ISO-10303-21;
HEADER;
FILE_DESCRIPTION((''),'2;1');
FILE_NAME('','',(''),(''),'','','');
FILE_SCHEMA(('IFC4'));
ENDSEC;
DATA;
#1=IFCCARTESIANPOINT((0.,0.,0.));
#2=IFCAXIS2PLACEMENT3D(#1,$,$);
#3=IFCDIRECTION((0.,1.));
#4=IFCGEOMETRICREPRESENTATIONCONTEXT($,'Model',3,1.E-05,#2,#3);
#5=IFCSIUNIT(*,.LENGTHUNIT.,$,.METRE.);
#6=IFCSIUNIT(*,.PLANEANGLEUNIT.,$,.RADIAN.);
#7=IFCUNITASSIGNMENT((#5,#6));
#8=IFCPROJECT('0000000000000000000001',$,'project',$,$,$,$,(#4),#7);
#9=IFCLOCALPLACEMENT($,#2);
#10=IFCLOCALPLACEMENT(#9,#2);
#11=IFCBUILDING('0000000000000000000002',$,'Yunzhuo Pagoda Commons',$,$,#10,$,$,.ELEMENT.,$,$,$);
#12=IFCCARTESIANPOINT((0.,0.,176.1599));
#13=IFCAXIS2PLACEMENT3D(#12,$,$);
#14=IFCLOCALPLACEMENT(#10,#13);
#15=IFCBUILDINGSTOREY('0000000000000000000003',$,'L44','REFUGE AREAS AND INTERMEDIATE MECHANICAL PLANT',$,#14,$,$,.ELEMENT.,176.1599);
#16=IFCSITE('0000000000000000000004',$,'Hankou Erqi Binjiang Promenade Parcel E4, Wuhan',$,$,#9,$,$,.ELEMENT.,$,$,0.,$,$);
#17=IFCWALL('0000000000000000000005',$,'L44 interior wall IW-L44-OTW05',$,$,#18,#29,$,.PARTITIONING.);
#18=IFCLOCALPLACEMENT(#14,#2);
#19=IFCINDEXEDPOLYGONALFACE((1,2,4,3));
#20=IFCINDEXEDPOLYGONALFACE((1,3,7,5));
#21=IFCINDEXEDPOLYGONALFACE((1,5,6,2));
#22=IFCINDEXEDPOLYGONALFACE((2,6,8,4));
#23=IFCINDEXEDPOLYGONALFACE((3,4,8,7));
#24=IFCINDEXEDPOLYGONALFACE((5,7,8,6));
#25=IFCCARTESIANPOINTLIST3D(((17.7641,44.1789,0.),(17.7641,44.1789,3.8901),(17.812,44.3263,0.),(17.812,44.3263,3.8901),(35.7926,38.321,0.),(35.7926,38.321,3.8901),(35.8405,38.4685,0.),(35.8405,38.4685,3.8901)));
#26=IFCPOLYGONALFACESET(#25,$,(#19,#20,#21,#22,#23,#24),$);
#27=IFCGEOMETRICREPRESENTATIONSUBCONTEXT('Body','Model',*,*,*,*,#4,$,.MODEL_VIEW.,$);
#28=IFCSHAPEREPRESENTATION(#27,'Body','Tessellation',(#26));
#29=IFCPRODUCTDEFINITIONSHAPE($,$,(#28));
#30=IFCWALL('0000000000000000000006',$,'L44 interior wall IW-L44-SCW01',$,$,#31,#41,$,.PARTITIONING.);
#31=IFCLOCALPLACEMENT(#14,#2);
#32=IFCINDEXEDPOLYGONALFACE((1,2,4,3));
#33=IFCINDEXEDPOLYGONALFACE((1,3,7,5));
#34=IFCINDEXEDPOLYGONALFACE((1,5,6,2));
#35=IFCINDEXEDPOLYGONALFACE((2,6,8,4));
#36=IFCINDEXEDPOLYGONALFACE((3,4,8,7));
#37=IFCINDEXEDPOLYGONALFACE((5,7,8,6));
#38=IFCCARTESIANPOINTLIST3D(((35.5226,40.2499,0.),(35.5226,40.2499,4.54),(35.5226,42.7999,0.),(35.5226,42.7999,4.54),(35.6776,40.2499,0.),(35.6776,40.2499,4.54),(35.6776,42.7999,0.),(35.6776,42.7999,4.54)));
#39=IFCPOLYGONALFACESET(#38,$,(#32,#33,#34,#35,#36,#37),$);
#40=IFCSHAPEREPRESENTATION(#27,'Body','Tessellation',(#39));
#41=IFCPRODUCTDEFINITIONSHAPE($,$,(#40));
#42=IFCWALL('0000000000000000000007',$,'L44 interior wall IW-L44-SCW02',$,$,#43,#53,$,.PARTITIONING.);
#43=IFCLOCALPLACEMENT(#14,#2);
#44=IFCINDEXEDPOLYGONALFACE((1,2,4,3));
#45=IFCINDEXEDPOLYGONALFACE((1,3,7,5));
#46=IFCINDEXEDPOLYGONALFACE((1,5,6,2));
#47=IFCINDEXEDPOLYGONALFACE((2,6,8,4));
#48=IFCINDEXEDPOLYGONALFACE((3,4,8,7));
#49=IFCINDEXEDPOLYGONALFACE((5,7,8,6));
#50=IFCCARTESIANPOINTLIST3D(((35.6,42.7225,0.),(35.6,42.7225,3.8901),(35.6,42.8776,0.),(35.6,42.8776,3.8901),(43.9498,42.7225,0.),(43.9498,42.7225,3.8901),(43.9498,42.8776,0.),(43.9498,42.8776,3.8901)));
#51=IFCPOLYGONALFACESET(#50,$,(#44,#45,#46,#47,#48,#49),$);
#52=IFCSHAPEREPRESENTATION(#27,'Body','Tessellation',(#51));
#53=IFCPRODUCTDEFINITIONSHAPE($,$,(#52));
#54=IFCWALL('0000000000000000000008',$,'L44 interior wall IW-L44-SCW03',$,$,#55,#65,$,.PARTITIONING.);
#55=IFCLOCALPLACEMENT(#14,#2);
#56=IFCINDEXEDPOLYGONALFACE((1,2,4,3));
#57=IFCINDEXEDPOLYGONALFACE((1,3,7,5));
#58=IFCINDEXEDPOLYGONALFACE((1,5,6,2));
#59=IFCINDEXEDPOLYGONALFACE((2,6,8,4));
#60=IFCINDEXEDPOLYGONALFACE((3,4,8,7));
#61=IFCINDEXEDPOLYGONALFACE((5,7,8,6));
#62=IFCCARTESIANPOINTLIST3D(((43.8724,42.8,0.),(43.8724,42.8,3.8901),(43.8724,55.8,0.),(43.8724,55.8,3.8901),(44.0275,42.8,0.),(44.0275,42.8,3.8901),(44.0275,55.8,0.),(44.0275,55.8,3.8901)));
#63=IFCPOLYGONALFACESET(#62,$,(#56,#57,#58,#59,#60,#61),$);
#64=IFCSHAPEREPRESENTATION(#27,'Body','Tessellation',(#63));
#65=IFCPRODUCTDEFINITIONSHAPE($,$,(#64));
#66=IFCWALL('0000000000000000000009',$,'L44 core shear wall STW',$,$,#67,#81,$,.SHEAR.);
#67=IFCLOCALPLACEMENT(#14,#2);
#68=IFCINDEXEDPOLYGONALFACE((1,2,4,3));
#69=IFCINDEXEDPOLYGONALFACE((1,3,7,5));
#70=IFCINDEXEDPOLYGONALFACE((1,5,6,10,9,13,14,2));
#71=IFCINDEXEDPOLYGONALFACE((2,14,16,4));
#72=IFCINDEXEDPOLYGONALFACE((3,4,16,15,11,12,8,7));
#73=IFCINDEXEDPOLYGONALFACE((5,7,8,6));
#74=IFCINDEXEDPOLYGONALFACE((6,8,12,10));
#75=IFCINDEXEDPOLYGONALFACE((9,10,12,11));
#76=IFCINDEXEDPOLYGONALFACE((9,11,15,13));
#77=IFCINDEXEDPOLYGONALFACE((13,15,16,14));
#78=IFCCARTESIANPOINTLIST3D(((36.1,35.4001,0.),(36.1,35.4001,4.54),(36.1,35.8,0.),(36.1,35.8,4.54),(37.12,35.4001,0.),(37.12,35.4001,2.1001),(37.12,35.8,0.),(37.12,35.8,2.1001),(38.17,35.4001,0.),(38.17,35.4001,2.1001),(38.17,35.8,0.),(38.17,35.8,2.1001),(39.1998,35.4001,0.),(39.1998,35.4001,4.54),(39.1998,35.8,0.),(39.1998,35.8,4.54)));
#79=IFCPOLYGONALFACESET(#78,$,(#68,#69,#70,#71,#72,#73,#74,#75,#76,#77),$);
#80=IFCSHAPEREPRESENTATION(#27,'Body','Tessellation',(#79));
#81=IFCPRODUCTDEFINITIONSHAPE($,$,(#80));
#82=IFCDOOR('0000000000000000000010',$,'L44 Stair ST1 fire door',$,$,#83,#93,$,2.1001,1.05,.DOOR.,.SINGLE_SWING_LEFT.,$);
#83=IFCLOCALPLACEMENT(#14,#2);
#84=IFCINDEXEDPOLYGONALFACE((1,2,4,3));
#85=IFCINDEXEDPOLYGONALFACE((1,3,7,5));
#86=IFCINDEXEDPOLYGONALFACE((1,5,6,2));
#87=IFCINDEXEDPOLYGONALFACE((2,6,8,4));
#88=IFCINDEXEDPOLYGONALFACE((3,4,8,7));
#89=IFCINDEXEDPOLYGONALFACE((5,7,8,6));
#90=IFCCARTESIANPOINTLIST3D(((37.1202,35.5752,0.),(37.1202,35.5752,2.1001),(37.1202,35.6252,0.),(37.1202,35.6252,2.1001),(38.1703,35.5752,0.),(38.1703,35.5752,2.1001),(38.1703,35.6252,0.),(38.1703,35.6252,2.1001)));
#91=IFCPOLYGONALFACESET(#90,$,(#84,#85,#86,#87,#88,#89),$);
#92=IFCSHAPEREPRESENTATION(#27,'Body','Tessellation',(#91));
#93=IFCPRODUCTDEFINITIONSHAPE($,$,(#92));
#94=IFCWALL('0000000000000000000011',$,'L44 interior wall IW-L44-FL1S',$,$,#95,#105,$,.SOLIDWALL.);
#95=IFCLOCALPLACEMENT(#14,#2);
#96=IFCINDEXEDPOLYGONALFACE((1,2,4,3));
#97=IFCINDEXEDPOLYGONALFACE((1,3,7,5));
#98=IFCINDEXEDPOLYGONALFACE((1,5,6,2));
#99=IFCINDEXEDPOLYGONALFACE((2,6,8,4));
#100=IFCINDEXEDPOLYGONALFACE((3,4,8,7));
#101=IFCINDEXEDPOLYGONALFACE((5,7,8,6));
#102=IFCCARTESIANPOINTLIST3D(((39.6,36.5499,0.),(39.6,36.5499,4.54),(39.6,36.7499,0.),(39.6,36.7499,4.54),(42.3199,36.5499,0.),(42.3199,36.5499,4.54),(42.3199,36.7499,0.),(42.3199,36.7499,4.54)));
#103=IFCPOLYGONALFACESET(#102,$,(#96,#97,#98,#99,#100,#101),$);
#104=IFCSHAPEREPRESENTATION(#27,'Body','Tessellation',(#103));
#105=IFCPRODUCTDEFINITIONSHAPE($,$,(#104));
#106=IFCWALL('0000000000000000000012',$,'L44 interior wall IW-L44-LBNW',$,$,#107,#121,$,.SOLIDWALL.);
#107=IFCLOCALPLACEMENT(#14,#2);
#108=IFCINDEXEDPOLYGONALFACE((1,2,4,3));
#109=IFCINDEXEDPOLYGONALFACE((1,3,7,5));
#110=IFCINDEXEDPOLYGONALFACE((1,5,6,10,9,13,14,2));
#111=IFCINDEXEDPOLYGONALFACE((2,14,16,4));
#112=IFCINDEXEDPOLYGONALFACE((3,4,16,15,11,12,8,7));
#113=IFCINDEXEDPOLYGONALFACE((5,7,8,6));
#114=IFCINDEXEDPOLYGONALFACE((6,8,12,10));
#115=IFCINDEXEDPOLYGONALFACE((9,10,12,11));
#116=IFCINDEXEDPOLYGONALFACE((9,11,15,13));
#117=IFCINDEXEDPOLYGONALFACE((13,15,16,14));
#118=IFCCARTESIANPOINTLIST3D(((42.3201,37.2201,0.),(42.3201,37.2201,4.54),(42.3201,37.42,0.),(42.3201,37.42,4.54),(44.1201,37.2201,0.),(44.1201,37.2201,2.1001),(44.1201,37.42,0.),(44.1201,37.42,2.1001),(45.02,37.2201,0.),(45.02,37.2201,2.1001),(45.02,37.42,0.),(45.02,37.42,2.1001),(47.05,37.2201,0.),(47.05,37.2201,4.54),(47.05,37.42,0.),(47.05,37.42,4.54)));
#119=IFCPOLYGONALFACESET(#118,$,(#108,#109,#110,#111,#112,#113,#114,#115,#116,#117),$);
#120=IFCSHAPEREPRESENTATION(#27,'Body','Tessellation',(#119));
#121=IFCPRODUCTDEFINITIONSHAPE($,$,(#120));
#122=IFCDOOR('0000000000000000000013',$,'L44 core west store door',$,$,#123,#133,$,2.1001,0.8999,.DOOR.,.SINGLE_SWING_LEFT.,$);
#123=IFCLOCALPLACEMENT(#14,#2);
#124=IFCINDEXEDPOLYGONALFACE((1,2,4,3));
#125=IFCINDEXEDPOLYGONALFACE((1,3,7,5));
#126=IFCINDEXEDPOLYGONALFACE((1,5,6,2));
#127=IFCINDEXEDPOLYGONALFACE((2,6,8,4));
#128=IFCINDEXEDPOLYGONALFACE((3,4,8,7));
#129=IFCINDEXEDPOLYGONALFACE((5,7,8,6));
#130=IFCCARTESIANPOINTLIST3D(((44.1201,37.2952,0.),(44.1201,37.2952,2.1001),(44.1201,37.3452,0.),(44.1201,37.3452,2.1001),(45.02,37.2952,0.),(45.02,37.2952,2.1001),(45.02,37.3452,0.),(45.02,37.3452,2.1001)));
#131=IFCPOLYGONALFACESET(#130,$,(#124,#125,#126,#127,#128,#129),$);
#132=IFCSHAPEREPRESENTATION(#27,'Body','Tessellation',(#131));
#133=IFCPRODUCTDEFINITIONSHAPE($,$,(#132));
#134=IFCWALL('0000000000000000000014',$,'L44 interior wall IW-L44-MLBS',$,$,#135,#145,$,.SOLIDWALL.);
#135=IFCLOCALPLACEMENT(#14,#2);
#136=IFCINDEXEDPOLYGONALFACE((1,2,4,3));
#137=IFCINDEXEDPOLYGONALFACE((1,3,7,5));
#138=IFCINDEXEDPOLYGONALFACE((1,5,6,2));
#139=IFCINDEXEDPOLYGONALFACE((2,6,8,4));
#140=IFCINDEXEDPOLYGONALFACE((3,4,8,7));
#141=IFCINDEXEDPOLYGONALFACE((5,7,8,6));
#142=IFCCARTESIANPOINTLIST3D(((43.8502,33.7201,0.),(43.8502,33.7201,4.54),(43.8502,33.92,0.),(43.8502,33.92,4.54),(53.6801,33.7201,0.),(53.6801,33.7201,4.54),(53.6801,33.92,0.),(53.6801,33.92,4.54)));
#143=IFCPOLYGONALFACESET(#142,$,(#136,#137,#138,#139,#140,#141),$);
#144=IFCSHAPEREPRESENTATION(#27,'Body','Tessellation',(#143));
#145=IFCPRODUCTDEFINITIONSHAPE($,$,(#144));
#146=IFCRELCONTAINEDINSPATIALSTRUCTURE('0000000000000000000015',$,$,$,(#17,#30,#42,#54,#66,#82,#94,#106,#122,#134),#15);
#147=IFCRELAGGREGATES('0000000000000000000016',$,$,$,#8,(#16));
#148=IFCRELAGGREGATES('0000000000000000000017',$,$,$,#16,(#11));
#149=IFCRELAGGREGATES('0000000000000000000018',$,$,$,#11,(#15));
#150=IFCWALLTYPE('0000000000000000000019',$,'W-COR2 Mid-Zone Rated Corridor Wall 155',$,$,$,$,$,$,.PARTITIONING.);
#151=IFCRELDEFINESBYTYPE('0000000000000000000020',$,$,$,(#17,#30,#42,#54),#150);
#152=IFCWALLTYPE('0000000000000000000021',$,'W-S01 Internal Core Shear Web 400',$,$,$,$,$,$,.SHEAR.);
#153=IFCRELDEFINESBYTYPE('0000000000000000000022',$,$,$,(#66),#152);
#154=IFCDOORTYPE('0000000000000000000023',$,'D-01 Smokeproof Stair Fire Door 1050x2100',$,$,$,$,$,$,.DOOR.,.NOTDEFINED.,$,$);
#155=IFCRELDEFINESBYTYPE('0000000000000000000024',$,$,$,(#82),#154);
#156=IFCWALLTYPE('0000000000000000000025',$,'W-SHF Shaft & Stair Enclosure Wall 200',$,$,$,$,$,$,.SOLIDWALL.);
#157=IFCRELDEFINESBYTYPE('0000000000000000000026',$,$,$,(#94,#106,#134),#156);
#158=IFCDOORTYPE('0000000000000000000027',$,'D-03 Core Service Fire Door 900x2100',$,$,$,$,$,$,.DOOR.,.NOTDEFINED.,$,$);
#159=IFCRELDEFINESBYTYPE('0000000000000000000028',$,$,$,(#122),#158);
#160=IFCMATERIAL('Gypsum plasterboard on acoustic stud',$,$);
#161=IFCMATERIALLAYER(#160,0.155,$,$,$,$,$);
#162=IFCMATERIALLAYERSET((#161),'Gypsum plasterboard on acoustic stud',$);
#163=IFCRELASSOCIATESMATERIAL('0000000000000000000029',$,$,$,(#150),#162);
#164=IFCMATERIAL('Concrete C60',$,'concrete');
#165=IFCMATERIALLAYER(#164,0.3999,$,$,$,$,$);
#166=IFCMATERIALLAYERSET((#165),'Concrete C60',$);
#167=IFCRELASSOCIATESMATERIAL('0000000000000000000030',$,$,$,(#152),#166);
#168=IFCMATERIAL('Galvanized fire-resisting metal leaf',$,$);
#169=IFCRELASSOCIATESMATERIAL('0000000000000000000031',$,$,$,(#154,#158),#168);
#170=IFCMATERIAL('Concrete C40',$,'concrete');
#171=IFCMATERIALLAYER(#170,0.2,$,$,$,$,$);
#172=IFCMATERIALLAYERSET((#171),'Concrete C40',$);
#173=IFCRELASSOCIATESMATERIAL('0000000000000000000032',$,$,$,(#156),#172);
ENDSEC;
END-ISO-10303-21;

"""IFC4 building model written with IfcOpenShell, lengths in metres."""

from ifc_helpers import new_model, si_unit, direction, frame, frame_2d, origin, place, context, subcontext, project, spatial, rectangle, extrude, source, transform, mapped, material, layer, layer_set, type_object, element, fill, save


model = new_model("IFC4")

# Units and contexts
model_context = context("Model", 3, precision=1e-05, world=origin(), true_north=direction((0.0, 1.0)))
body_context = subcontext(model_context, "Body", "Model", "MODEL_VIEW")
ifc_project = project(units=[si_unit("LENGTHUNIT", "METRE"), si_unit("PLANEANGLEUNIT", "RADIAN")], contexts=[model_context])

# Site, building, storey
site_placement = place(None, origin())
site = spatial("IfcSite", under=ifc_project, at=site_placement, Name="Hankou Erqi Binjiang Promenade Parcel E4, Wuhan", CompositionType="ELEMENT", RefElevation=0.0)
building_placement = place(site_placement, origin())
building = spatial("IfcBuilding", under=site, at=building_placement, Name="Yunzhuo Pagoda Commons", CompositionType="ELEMENT")
storey_placement = place(building_placement, frame((0.0, 0.0, 176.1599)))
storey = spatial("IfcBuildingStorey", under=building, at=storey_placement, Name="L44", Description="REFUGE AREAS AND INTERMEDIATE MECHANICAL PLANT", CompositionType="ELEMENT", Elevation=176.1599)

# Walls
ifc_material_1 = material(Name="Gypsum plasterboard on acoustic stud")
ifc_layer_1 = layer(ifc_material_1, 0.155)
ifc_layer_set_1 = layer_set([ifc_layer_1], Name="Gypsum plasterboard on acoustic stud")
wall_type_1 = type_object("IfcWallType", Name="W-COR2 Mid-Zone Rated Corridor Wall 155", PredefinedType="PARTITIONING", material=ifc_layer_set_1)
wall_1_placement = place(storey_placement, frame((35.8164, 38.3948, 0.0), z_axis=(0.0, 0.0, 1.0), x_axis=(-0.951055, 0.309021, 0.0)))
element("IfcWall", 1, at=wall_1_placement, inside=storey, type_object=wall_type_1, Name="L44 interior wall IW-L44-OTW05", PredefinedType="PARTITIONING", context=body_context, shape_type="SweptSolid", body=[
    extrude(rectangle(XDim=18.9563, YDim=0.155, at=frame_2d((9.478, 0.0))), origin(), (0.0, 0.0, 1.0), 3.8901),
])
wall_2_placement = place(storey_placement, frame((35.6001, 40.25, 0.0), z_axis=(0.0, 0.0, 1.0), x_axis=(0.0, 1.0, 0.0)))
element("IfcWall", 2, at=wall_2_placement, inside=storey, type_object=wall_type_1, Name="L44 interior wall IW-L44-SCW01", PredefinedType="PARTITIONING", context=body_context, shape_type="SweptSolid", body=[
    extrude(rectangle(XDim=2.55, YDim=0.155, at=frame_2d((1.2749, 0.0))), origin(), (0.0, 0.0, 1.0), 4.54),
])
wall_3_placement = place(storey_placement, frame((35.6001, 42.8, 0.0), z_axis=(0.0, 0.0, 1.0), x_axis=(1.0, 0.0, 0.0)))
element("IfcWall", 3, at=wall_3_placement, inside=storey, type_object=wall_type_1, Name="L44 interior wall IW-L44-SCW02", PredefinedType="PARTITIONING", context=body_context, shape_type="SweptSolid", body=[
    extrude(rectangle(XDim=8.3499, YDim=0.155, at=frame_2d((4.1748, 0.0))), origin(), (0.0, 0.0, 1.0), 3.8901),
])
wall_4_placement = place(storey_placement, frame((43.95, 42.8, 0.0), z_axis=(0.0, 0.0, 1.0), x_axis=(0.0, 1.0, 0.0)))
element("IfcWall", 4, at=wall_4_placement, inside=storey, type_object=wall_type_1, Name="L44 interior wall IW-L44-SCW03", PredefinedType="PARTITIONING", context=body_context, shape_type="SweptSolid", body=[
    extrude(rectangle(XDim=13.0, YDim=0.155, at=frame_2d((6.5, 0.0))), origin(), (0.0, 0.0, 1.0), 3.8901),
])

# Wall, opening, door
ifc_material_2 = material(Name="Concrete C60", Category="concrete")
ifc_layer_2 = layer(ifc_material_2, 0.3999)
ifc_layer_set_2 = layer_set([ifc_layer_2], Name="Concrete C60")
wall_type_2 = type_object("IfcWallType", Name="W-S01 Internal Core Shear Web 400", PredefinedType="SHEAR", material=ifc_layer_set_2)
wall_5_placement = place(storey_placement, frame((36.1001, 35.6001, 0.0), z_axis=(0.0, 0.0, 1.0), x_axis=(1.0, 0.0, 0.0)))
wall_5 = element("IfcWall", 5, at=wall_5_placement, inside=storey, type_object=wall_type_2, Name="L44 core shear wall STW", PredefinedType="SHEAR", context=body_context, shape_type="SweptSolid", body=[
    extrude(rectangle(XDim=3.0999, YDim=0.3999, at=frame_2d((1.5498, 0.0))), origin(), (0.0, 0.0, 1.0), 4.54),
])
opening_1_placement = place(wall_5_placement, frame((1.02, 0.0, 0.0)))
opening_1 = element("IfcOpeningElement", 6, at=opening_1_placement, cuts=wall_5, PredefinedType="OPENING", context=body_context, shape_type="SweptSolid", body=[
    extrude(rectangle(XDim=1.05, YDim=2.1001, at=frame_2d((0.5249, 1.05))), frame((0.0, 0.21, 0.0), z_axis=(0.0, -1.0, 0.0), x_axis=(1.0, 0.0, 0.0)), (0.0, 0.0, 1.0), 0.4199),
])
ifc_material_3 = material(Name="Galvanized fire-resisting metal leaf")
door_type_1 = type_object("IfcDoorType", Name="D-01 Smokeproof Stair Fire Door 1050x2100", OperationType="NOTDEFINED", PredefinedType="DOOR", material=ifc_material_3)
shared_shape_1 = source(origin(), body_context, "Body", "SweptSolid", [
    extrude(rectangle(XDim=1.05, YDim=2.1001, at=frame_2d((0.5249, 1.05))), frame((0.0, 0.0249, 0.0), z_axis=(0.0, -1.0, 0.0), x_axis=(1.0, 0.0, 0.0)), (0.0, 0.0, 1.0), 0.05),
])
door_1_placement = place(opening_1_placement, frame((1.05, 0.0, 0.0), z_axis=(0.0, 0.0, 1.0), x_axis=(-1.0, 0.0, 0.0)))
door_1 = element("IfcDoor", 7, at=door_1_placement, inside=storey, type_object=door_type_1, Name="L44 Stair ST1 fire door", OperationType="SINGLE_SWING_LEFT", OverallHeight=2.1001, OverallWidth=1.05, PredefinedType="DOOR", context=body_context, shape_type="MappedRepresentation", body=[
    mapped(shared_shape_1, transform((0.0, 0.0, 0.0), scale=1.0)),
])
fill(opening_1, door_1)

# Wall
ifc_material_4 = material(Name="Concrete C40", Category="concrete")
ifc_layer_3 = layer(ifc_material_4, 0.2)
ifc_layer_set_3 = layer_set([ifc_layer_3], Name="Concrete C40")
wall_type_3 = type_object("IfcWallType", Name="W-SHF Shaft & Stair Enclosure Wall 200", PredefinedType="SOLIDWALL", material=ifc_layer_set_3)
wall_6_placement = place(storey_placement, frame((39.6001, 36.6499, 0.0), z_axis=(0.0, 0.0, 1.0), x_axis=(1.0, 0.0, 0.0)))
element("IfcWall", 8, at=wall_6_placement, inside=storey, type_object=wall_type_3, Name="L44 interior wall IW-L44-FL1S", PredefinedType="SOLIDWALL", context=body_context, shape_type="SweptSolid", body=[
    extrude(rectangle(XDim=2.72, YDim=0.2, at=frame_2d((1.3599, 0.0))), origin(), (0.0, 0.0, 1.0), 4.54),
])

# Wall, opening, door
wall_7_placement = place(storey_placement, frame((42.3201, 37.3201, 0.0), z_axis=(0.0, 0.0, 1.0), x_axis=(1.0, 0.0, 0.0)))
wall_7 = element("IfcWall", 9, at=wall_7_placement, inside=storey, type_object=wall_type_3, Name="L44 interior wall IW-L44-LBNW", PredefinedType="SOLIDWALL", context=body_context, shape_type="SweptSolid", body=[
    extrude(rectangle(XDim=4.73, YDim=0.2, at=frame_2d((2.365, 0.0))), origin(), (0.0, 0.0, 1.0), 4.54),
])
opening_2_placement = place(wall_7_placement, frame((1.8, 0.0, 0.0)))
opening_2 = element("IfcOpeningElement", 10, at=opening_2_placement, cuts=wall_7, PredefinedType="OPENING", context=body_context, shape_type="SweptSolid", body=[
    extrude(rectangle(XDim=0.8999, YDim=2.1001, at=frame_2d((0.45, 1.05))), frame((0.0, 0.1099, 0.0), z_axis=(0.0, -1.0, 0.0), x_axis=(1.0, 0.0, 0.0)), (0.0, 0.0, 1.0), 0.22),
])
door_type_2 = type_object("IfcDoorType", Name="D-03 Core Service Fire Door 900x2100", OperationType="NOTDEFINED", PredefinedType="DOOR", material=ifc_material_3)
shared_shape_2 = source(origin(), body_context, "Body", "SweptSolid", [
    extrude(rectangle(XDim=0.8999, YDim=2.1001, at=frame_2d((0.45, 1.05))), frame((0.0, 0.0249, 0.0), z_axis=(0.0, -1.0, 0.0), x_axis=(1.0, 0.0, 0.0)), (0.0, 0.0, 1.0), 0.05),
])
door_2_placement = place(opening_2_placement, frame((0.8999, 0.0, 0.0), z_axis=(0.0, 0.0, 1.0), x_axis=(-1.0, 0.0, 0.0)))
door_2 = element("IfcDoor", 11, at=door_2_placement, inside=storey, type_object=door_type_2, Name="L44 core west store door", OperationType="SINGLE_SWING_LEFT", OverallHeight=2.1001, OverallWidth=0.8999, PredefinedType="DOOR", context=body_context, shape_type="MappedRepresentation", body=[
    mapped(shared_shape_2, transform((0.0, 0.0, 0.0), scale=1.0)),
])
fill(opening_2, door_2)

# Wall
wall_8_placement = place(storey_placement, frame((43.8501, 33.8201, 0.0), z_axis=(0.0, 0.0, 1.0), x_axis=(1.0, 0.0, 0.0)))
element("IfcWall", 12, at=wall_8_placement, inside=storey, type_object=wall_type_3, Name="L44 interior wall IW-L44-MLBS", PredefinedType="SOLIDWALL", context=body_context, shape_type="SweptSolid", body=[
    extrude(rectangle(XDim=9.8298, YDim=0.2, at=frame_2d((4.915, 0.0))), origin(), (0.0, 0.0, 1.0), 4.54),
])

save(model, "model.ifc")
